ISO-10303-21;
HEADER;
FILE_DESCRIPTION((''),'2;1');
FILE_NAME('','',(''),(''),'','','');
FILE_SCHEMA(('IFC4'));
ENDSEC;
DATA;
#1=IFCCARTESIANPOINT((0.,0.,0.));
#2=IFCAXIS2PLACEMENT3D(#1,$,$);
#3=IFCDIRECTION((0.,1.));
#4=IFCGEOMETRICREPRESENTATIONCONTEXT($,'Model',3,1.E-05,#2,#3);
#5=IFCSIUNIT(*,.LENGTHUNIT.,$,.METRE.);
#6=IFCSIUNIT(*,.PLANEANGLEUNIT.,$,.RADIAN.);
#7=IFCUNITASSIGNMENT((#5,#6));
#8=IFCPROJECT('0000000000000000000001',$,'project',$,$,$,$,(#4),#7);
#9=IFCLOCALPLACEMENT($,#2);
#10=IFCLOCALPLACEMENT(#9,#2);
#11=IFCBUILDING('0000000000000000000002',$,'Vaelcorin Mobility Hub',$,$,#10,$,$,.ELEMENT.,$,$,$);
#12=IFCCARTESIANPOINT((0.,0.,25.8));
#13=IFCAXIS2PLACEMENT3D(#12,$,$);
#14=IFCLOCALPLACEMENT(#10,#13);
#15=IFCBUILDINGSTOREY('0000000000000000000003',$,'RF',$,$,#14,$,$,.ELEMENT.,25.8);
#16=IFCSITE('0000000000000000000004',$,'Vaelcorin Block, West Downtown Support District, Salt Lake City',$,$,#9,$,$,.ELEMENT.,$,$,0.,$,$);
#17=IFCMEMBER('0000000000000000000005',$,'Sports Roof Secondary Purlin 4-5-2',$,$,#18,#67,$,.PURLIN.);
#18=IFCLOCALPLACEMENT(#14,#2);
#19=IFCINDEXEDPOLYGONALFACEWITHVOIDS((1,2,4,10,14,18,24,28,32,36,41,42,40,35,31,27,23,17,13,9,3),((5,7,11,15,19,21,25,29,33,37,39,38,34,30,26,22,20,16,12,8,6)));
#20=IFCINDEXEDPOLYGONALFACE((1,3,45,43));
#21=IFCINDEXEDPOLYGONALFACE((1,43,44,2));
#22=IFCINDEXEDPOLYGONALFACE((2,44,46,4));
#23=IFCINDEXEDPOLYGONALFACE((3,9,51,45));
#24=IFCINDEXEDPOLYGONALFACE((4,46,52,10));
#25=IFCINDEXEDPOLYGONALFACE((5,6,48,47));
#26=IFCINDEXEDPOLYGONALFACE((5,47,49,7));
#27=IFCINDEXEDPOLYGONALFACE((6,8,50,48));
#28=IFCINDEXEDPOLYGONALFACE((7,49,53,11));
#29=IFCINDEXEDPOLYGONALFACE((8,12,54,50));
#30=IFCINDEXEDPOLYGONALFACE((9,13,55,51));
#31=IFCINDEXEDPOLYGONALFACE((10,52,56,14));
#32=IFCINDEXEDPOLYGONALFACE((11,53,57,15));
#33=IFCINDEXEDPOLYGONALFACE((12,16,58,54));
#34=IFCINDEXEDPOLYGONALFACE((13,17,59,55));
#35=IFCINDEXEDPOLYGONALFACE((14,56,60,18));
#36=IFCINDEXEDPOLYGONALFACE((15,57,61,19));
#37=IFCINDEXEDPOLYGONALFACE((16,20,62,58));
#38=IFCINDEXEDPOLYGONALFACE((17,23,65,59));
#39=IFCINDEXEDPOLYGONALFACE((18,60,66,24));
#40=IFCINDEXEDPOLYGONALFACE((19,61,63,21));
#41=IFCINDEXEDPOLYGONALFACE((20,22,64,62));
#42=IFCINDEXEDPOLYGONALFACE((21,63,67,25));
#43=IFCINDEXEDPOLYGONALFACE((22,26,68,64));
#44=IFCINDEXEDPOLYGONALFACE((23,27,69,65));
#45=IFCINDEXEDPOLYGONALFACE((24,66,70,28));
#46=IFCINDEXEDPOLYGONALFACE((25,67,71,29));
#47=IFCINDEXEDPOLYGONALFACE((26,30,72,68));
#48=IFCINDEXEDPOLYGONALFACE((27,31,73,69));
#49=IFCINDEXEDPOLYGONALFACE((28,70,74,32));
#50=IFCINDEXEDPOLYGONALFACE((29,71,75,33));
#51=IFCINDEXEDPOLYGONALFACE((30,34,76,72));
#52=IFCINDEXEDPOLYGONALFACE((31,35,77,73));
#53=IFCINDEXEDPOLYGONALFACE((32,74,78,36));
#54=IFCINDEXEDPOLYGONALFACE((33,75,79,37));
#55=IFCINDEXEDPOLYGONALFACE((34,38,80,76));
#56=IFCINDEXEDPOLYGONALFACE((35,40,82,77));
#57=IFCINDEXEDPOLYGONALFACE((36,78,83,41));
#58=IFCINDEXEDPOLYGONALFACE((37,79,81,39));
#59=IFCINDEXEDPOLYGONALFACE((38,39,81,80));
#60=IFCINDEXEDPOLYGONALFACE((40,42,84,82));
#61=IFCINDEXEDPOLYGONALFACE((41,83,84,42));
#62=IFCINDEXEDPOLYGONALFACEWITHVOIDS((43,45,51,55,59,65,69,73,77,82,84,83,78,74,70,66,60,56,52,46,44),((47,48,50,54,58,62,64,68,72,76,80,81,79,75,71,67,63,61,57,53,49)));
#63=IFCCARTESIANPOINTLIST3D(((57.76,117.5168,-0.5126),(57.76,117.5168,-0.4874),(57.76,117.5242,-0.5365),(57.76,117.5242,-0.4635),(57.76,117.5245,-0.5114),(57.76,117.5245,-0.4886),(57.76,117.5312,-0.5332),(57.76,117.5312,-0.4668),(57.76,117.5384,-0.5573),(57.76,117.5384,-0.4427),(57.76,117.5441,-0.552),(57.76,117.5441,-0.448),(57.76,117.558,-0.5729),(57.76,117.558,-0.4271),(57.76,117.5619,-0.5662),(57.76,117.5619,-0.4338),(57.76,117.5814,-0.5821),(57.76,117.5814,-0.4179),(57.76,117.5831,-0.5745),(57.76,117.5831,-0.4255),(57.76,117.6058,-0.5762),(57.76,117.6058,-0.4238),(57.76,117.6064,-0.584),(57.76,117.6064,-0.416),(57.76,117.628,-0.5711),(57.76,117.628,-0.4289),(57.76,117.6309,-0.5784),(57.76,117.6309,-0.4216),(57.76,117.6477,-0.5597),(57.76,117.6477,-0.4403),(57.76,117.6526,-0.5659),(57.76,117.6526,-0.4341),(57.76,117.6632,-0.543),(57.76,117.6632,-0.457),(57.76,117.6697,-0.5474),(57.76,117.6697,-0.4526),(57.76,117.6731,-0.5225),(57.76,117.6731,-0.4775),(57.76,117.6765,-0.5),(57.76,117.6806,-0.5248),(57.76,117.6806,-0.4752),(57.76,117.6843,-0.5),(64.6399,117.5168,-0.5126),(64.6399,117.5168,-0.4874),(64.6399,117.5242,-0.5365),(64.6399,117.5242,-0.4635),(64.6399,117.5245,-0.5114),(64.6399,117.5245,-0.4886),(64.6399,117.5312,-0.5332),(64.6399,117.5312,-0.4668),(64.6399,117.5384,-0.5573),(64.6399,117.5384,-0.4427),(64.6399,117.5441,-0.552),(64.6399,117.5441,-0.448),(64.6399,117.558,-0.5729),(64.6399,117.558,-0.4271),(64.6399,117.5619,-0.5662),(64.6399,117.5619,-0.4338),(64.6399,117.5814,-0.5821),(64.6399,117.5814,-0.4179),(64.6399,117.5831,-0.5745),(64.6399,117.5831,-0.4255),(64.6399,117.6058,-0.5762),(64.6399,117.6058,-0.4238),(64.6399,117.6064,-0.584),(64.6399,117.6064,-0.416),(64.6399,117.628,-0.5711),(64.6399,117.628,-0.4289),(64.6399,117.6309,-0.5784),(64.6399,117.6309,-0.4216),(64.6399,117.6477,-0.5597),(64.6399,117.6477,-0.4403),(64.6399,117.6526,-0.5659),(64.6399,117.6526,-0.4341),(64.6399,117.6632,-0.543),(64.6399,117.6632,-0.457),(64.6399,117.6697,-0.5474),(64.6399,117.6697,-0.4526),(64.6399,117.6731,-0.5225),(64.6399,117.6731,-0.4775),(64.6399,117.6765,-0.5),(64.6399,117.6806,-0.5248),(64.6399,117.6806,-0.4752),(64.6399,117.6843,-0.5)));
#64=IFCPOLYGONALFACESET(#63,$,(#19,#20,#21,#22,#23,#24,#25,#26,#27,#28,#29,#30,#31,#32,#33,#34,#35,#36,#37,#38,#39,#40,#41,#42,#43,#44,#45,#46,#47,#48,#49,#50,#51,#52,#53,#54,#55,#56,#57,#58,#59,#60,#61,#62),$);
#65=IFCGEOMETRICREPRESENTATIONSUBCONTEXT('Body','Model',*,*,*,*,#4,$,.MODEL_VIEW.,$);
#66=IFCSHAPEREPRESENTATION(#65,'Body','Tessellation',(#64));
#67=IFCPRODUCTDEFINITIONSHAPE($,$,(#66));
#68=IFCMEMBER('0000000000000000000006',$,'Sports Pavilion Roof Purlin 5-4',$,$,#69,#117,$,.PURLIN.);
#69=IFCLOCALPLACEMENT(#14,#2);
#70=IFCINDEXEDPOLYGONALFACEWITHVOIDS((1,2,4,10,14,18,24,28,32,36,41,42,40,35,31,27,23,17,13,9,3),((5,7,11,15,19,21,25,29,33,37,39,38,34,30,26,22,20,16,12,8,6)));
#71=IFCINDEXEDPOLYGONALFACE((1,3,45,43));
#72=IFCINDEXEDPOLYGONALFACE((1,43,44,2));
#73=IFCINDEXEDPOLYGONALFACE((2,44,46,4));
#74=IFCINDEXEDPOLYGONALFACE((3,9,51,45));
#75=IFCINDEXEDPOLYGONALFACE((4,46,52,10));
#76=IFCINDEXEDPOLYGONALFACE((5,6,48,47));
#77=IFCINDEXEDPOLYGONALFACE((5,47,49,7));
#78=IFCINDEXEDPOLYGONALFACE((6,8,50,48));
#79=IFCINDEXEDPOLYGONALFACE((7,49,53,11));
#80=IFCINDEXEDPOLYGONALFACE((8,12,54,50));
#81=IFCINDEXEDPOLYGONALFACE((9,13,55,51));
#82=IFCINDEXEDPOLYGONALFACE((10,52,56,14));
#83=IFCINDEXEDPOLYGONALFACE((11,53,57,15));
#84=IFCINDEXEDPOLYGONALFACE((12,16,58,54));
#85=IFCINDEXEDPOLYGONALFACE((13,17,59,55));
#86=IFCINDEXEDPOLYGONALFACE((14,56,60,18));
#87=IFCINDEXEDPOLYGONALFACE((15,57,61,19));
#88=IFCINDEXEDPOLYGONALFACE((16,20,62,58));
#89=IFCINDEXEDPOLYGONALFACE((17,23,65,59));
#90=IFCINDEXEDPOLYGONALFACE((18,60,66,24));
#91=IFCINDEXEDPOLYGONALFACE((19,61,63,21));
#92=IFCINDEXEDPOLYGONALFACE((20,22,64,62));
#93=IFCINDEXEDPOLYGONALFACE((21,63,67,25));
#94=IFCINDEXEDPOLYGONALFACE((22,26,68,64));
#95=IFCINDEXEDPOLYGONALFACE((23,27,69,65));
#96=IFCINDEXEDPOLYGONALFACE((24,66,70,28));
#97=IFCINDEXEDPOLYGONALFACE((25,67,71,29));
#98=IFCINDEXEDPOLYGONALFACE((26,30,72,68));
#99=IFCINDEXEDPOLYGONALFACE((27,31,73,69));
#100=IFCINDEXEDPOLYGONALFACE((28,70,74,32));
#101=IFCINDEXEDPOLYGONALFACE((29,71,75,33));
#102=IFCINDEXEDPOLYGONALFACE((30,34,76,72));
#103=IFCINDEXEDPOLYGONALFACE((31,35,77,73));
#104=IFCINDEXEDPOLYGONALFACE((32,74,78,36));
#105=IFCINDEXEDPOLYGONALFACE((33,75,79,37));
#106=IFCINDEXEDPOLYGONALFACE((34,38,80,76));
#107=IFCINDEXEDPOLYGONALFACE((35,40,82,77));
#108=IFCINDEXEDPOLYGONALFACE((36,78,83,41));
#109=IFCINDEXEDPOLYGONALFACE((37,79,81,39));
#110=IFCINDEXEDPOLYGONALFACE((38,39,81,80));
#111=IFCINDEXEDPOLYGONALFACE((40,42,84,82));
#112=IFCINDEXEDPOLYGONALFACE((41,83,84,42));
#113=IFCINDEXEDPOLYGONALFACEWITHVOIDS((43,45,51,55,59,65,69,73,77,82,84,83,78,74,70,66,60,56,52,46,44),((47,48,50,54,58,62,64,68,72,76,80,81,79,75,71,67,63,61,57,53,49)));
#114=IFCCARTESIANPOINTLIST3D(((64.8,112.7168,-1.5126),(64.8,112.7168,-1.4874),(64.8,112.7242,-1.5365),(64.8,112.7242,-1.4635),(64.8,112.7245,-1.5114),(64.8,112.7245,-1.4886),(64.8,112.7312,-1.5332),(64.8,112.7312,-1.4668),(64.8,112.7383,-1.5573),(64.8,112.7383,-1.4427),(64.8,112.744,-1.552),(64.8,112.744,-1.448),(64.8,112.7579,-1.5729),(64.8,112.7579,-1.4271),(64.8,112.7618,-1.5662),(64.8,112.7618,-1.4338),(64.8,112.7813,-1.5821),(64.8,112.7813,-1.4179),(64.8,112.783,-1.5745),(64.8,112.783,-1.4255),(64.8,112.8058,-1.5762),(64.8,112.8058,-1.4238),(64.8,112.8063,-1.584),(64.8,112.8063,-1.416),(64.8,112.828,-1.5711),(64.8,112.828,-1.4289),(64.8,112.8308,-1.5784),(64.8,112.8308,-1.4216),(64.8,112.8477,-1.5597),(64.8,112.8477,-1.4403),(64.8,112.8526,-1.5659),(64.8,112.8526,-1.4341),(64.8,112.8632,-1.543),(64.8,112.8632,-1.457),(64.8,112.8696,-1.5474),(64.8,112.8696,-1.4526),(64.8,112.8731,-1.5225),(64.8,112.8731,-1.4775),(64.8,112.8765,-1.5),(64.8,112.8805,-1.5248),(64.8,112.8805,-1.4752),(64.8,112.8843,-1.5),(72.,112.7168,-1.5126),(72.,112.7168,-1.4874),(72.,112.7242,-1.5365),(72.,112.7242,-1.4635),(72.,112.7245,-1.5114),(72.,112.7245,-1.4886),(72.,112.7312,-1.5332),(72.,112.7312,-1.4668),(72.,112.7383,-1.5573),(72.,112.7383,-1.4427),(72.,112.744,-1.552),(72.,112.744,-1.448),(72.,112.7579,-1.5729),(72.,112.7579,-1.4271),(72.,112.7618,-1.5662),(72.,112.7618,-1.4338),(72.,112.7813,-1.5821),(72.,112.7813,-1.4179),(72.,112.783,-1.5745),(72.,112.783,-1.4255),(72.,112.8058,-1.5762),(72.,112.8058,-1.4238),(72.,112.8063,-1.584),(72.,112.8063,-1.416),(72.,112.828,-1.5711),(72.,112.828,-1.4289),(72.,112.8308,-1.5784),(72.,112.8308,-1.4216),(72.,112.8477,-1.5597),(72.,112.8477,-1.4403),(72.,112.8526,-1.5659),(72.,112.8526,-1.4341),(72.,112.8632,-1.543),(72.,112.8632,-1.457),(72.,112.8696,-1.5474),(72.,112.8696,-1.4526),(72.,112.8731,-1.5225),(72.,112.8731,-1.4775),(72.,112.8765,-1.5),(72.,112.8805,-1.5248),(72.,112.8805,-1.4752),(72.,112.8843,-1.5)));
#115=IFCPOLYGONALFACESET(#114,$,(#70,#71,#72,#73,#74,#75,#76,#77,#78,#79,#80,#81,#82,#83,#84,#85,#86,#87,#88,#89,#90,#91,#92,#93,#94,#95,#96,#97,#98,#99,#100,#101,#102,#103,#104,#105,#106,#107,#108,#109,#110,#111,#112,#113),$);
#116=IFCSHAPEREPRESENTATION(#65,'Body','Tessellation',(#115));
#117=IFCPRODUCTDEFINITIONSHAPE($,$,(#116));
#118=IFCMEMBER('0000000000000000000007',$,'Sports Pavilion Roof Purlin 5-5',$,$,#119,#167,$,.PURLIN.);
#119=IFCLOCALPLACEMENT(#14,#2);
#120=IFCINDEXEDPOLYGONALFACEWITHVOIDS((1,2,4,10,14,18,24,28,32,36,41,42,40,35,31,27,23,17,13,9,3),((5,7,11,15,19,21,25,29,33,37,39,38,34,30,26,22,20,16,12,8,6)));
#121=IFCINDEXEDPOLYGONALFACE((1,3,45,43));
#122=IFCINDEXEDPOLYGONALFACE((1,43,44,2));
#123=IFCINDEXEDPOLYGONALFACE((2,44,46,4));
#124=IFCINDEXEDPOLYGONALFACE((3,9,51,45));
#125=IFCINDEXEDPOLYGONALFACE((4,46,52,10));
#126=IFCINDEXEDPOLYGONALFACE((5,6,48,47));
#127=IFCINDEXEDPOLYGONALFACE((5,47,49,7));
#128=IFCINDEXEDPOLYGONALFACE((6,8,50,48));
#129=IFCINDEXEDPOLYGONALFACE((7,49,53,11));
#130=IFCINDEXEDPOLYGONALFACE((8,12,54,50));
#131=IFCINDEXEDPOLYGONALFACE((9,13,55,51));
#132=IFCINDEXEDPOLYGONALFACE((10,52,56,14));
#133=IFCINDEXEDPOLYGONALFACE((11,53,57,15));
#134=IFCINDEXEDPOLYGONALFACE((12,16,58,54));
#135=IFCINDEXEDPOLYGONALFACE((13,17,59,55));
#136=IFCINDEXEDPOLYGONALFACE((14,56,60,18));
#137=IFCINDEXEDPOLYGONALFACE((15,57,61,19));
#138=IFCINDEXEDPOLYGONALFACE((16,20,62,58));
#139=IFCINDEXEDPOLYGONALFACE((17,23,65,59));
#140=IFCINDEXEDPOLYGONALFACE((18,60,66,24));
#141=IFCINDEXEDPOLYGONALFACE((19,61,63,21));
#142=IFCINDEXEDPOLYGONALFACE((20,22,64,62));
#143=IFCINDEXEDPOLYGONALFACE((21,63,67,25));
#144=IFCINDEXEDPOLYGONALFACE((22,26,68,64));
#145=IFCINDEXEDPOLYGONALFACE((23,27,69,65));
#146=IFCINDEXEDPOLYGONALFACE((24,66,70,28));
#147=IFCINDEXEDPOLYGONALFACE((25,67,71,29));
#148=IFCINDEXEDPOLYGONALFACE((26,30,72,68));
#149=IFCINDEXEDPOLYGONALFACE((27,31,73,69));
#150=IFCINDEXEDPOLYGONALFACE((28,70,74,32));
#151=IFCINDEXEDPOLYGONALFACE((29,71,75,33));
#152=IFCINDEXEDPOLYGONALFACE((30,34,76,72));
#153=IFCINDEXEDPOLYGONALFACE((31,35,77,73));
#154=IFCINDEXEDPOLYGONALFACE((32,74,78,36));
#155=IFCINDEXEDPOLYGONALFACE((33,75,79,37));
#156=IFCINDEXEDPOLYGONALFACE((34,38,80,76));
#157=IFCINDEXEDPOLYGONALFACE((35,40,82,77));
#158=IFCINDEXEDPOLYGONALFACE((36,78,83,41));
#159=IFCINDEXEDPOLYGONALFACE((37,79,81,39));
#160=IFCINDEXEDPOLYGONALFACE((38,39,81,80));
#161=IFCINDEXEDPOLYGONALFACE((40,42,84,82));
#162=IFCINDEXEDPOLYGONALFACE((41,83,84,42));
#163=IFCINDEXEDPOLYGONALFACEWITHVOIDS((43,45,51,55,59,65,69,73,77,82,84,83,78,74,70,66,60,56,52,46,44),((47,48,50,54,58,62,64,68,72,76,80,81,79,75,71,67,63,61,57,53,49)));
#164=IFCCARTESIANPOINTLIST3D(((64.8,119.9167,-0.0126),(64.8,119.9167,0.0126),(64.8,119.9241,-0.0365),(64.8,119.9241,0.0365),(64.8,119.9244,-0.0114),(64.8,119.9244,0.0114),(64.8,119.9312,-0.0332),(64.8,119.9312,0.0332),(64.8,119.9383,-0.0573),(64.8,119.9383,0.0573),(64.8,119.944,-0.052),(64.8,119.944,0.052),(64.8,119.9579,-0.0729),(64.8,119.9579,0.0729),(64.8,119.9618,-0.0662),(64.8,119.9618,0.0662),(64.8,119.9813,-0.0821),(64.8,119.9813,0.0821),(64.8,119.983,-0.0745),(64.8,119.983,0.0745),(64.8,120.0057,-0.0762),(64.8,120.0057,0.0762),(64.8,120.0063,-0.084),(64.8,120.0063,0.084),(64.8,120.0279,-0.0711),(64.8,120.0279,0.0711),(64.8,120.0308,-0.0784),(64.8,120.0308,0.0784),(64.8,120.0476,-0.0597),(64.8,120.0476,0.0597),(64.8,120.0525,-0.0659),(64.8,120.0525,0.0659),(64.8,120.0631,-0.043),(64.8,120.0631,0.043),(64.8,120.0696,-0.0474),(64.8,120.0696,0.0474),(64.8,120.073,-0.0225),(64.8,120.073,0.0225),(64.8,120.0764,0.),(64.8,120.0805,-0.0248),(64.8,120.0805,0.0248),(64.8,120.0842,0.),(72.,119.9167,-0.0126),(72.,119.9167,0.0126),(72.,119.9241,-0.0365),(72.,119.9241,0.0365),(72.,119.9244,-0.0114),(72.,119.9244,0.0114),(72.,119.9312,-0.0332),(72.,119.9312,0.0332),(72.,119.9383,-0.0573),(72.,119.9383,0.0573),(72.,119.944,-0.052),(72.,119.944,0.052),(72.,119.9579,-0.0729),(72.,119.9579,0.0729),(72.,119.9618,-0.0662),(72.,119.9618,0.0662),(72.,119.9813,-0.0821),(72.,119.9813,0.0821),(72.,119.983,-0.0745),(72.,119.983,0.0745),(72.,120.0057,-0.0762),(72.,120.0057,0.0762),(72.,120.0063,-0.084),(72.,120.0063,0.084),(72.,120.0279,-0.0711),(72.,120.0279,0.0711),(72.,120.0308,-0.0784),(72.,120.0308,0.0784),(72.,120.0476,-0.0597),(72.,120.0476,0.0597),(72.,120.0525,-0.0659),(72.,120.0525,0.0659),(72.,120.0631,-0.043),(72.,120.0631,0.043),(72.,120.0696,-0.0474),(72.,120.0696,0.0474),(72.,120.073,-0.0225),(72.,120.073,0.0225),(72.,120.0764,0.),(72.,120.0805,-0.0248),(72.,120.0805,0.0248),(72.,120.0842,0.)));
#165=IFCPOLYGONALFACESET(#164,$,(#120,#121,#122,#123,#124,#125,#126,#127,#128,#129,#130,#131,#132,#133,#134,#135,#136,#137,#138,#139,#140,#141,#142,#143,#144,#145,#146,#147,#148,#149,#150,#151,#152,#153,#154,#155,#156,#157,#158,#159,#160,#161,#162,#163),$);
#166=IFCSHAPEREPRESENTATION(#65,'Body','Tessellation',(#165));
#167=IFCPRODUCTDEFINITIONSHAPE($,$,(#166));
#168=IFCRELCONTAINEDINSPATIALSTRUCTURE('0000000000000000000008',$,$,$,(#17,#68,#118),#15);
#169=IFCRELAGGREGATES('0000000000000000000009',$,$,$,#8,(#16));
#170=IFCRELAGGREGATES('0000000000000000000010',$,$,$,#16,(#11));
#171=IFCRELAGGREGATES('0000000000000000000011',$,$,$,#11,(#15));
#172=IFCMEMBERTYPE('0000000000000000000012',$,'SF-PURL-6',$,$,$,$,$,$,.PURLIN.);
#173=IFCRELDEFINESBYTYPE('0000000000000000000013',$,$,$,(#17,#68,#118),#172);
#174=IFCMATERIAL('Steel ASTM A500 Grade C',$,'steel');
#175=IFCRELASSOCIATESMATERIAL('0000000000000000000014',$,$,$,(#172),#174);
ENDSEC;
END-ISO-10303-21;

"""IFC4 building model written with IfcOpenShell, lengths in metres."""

from ifc_helpers import new_model, si_unit, direction, frame, origin, origin_2d, place, context, subcontext, project, spatial, hollow_circle, extrude, material, material_profile, profile_set, type_object, element, save


model = new_model("IFC4")

# Units and contexts
model_context = context("Model", 3, precision=1e-05, world=origin(), true_north=direction((0.0, 1.0)))
body_context = subcontext(model_context, "Body", "Model", "MODEL_VIEW")
ifc_project = project(units=[si_unit("LENGTHUNIT", "METRE"), si_unit("PLANEANGLEUNIT", "RADIAN")], contexts=[model_context])

# Site, building, storey
site_placement = place(None, origin())
site = spatial("IfcSite", under=ifc_project, at=site_placement, Name="Vaelcorin Block, West Downtown Support District, Salt Lake City", CompositionType="ELEMENT", RefElevation=0.0)
building_placement = place(site_placement, origin())
building = spatial("IfcBuilding", under=site, at=building_placement, Name="Vaelcorin Mobility Hub", CompositionType="ELEMENT")
storey_placement = place(building_placement, frame((0.0, 0.0, 25.8)))
storey = spatial("IfcBuildingStorey", under=building, at=storey_placement, Name="RF", CompositionType="ELEMENT", Elevation=25.8)

# Members
ifc_material_1 = material(Name="Steel ASTM A500 Grade C", Category="steel")
ifc_material_profile_1 = material_profile(ifc_material_1, hollow_circle(Radius=0.0842, WallThickness=0.0078, at=origin_2d()), Name="HSS6.625X0.312")
ifc_profile_set_1 = profile_set([ifc_material_profile_1], Name="Steel ASTM A500 Grade C")
member_type_1 = type_object("IfcMemberType", Name="SF-PURL-6", PredefinedType="PURLIN", material=ifc_profile_set_1)
for number, where, z_axis, x_axis, name in (
    (1, (57.76, 117.6001, -0.5), (1.0, 0.0, 0.0), (0.0, 1.0, 0.0), "Sports Roof Secondary Purlin 4-5-2"),
):
    element("IfcMember", number, at=place(storey_placement, frame(where, z_axis=z_axis, x_axis=x_axis)), inside=storey, type_object=member_type_1, Name=name, PredefinedType="PURLIN", context=body_context, shape_type="SweptSolid", body=[
        extrude(hollow_circle(Radius=0.0842, WallThickness=0.0078, at=origin_2d()), origin(), (0.0, 0.0, 1.0), 6.8799),
    ])
for number, where, z_axis, x_axis, name in (
    (2, (64.8, 112.8, -1.5), (1.0, 0.0, 0.0), (0.0, 1.0, 0.0), "Sports Pavilion Roof Purlin 5-4"),
    (3, (64.8, 120.0, 0.0), (1.0, 0.0, 0.0), (0.0, 1.0, 0.0), "Sports Pavilion Roof Purlin 5-5"),
):
    element("IfcMember", number, at=place(storey_placement, frame(where, z_axis=z_axis, x_axis=x_axis)), inside=storey, type_object=member_type_1, Name=name, PredefinedType="PURLIN", context=body_context, shape_type="SweptSolid", body=[
        extrude(hollow_circle(Radius=0.0842, WallThickness=0.0078, at=origin_2d()), origin(), (0.0, 0.0, 1.0), 7.2),
    ])

save(model, "model.ifc")
